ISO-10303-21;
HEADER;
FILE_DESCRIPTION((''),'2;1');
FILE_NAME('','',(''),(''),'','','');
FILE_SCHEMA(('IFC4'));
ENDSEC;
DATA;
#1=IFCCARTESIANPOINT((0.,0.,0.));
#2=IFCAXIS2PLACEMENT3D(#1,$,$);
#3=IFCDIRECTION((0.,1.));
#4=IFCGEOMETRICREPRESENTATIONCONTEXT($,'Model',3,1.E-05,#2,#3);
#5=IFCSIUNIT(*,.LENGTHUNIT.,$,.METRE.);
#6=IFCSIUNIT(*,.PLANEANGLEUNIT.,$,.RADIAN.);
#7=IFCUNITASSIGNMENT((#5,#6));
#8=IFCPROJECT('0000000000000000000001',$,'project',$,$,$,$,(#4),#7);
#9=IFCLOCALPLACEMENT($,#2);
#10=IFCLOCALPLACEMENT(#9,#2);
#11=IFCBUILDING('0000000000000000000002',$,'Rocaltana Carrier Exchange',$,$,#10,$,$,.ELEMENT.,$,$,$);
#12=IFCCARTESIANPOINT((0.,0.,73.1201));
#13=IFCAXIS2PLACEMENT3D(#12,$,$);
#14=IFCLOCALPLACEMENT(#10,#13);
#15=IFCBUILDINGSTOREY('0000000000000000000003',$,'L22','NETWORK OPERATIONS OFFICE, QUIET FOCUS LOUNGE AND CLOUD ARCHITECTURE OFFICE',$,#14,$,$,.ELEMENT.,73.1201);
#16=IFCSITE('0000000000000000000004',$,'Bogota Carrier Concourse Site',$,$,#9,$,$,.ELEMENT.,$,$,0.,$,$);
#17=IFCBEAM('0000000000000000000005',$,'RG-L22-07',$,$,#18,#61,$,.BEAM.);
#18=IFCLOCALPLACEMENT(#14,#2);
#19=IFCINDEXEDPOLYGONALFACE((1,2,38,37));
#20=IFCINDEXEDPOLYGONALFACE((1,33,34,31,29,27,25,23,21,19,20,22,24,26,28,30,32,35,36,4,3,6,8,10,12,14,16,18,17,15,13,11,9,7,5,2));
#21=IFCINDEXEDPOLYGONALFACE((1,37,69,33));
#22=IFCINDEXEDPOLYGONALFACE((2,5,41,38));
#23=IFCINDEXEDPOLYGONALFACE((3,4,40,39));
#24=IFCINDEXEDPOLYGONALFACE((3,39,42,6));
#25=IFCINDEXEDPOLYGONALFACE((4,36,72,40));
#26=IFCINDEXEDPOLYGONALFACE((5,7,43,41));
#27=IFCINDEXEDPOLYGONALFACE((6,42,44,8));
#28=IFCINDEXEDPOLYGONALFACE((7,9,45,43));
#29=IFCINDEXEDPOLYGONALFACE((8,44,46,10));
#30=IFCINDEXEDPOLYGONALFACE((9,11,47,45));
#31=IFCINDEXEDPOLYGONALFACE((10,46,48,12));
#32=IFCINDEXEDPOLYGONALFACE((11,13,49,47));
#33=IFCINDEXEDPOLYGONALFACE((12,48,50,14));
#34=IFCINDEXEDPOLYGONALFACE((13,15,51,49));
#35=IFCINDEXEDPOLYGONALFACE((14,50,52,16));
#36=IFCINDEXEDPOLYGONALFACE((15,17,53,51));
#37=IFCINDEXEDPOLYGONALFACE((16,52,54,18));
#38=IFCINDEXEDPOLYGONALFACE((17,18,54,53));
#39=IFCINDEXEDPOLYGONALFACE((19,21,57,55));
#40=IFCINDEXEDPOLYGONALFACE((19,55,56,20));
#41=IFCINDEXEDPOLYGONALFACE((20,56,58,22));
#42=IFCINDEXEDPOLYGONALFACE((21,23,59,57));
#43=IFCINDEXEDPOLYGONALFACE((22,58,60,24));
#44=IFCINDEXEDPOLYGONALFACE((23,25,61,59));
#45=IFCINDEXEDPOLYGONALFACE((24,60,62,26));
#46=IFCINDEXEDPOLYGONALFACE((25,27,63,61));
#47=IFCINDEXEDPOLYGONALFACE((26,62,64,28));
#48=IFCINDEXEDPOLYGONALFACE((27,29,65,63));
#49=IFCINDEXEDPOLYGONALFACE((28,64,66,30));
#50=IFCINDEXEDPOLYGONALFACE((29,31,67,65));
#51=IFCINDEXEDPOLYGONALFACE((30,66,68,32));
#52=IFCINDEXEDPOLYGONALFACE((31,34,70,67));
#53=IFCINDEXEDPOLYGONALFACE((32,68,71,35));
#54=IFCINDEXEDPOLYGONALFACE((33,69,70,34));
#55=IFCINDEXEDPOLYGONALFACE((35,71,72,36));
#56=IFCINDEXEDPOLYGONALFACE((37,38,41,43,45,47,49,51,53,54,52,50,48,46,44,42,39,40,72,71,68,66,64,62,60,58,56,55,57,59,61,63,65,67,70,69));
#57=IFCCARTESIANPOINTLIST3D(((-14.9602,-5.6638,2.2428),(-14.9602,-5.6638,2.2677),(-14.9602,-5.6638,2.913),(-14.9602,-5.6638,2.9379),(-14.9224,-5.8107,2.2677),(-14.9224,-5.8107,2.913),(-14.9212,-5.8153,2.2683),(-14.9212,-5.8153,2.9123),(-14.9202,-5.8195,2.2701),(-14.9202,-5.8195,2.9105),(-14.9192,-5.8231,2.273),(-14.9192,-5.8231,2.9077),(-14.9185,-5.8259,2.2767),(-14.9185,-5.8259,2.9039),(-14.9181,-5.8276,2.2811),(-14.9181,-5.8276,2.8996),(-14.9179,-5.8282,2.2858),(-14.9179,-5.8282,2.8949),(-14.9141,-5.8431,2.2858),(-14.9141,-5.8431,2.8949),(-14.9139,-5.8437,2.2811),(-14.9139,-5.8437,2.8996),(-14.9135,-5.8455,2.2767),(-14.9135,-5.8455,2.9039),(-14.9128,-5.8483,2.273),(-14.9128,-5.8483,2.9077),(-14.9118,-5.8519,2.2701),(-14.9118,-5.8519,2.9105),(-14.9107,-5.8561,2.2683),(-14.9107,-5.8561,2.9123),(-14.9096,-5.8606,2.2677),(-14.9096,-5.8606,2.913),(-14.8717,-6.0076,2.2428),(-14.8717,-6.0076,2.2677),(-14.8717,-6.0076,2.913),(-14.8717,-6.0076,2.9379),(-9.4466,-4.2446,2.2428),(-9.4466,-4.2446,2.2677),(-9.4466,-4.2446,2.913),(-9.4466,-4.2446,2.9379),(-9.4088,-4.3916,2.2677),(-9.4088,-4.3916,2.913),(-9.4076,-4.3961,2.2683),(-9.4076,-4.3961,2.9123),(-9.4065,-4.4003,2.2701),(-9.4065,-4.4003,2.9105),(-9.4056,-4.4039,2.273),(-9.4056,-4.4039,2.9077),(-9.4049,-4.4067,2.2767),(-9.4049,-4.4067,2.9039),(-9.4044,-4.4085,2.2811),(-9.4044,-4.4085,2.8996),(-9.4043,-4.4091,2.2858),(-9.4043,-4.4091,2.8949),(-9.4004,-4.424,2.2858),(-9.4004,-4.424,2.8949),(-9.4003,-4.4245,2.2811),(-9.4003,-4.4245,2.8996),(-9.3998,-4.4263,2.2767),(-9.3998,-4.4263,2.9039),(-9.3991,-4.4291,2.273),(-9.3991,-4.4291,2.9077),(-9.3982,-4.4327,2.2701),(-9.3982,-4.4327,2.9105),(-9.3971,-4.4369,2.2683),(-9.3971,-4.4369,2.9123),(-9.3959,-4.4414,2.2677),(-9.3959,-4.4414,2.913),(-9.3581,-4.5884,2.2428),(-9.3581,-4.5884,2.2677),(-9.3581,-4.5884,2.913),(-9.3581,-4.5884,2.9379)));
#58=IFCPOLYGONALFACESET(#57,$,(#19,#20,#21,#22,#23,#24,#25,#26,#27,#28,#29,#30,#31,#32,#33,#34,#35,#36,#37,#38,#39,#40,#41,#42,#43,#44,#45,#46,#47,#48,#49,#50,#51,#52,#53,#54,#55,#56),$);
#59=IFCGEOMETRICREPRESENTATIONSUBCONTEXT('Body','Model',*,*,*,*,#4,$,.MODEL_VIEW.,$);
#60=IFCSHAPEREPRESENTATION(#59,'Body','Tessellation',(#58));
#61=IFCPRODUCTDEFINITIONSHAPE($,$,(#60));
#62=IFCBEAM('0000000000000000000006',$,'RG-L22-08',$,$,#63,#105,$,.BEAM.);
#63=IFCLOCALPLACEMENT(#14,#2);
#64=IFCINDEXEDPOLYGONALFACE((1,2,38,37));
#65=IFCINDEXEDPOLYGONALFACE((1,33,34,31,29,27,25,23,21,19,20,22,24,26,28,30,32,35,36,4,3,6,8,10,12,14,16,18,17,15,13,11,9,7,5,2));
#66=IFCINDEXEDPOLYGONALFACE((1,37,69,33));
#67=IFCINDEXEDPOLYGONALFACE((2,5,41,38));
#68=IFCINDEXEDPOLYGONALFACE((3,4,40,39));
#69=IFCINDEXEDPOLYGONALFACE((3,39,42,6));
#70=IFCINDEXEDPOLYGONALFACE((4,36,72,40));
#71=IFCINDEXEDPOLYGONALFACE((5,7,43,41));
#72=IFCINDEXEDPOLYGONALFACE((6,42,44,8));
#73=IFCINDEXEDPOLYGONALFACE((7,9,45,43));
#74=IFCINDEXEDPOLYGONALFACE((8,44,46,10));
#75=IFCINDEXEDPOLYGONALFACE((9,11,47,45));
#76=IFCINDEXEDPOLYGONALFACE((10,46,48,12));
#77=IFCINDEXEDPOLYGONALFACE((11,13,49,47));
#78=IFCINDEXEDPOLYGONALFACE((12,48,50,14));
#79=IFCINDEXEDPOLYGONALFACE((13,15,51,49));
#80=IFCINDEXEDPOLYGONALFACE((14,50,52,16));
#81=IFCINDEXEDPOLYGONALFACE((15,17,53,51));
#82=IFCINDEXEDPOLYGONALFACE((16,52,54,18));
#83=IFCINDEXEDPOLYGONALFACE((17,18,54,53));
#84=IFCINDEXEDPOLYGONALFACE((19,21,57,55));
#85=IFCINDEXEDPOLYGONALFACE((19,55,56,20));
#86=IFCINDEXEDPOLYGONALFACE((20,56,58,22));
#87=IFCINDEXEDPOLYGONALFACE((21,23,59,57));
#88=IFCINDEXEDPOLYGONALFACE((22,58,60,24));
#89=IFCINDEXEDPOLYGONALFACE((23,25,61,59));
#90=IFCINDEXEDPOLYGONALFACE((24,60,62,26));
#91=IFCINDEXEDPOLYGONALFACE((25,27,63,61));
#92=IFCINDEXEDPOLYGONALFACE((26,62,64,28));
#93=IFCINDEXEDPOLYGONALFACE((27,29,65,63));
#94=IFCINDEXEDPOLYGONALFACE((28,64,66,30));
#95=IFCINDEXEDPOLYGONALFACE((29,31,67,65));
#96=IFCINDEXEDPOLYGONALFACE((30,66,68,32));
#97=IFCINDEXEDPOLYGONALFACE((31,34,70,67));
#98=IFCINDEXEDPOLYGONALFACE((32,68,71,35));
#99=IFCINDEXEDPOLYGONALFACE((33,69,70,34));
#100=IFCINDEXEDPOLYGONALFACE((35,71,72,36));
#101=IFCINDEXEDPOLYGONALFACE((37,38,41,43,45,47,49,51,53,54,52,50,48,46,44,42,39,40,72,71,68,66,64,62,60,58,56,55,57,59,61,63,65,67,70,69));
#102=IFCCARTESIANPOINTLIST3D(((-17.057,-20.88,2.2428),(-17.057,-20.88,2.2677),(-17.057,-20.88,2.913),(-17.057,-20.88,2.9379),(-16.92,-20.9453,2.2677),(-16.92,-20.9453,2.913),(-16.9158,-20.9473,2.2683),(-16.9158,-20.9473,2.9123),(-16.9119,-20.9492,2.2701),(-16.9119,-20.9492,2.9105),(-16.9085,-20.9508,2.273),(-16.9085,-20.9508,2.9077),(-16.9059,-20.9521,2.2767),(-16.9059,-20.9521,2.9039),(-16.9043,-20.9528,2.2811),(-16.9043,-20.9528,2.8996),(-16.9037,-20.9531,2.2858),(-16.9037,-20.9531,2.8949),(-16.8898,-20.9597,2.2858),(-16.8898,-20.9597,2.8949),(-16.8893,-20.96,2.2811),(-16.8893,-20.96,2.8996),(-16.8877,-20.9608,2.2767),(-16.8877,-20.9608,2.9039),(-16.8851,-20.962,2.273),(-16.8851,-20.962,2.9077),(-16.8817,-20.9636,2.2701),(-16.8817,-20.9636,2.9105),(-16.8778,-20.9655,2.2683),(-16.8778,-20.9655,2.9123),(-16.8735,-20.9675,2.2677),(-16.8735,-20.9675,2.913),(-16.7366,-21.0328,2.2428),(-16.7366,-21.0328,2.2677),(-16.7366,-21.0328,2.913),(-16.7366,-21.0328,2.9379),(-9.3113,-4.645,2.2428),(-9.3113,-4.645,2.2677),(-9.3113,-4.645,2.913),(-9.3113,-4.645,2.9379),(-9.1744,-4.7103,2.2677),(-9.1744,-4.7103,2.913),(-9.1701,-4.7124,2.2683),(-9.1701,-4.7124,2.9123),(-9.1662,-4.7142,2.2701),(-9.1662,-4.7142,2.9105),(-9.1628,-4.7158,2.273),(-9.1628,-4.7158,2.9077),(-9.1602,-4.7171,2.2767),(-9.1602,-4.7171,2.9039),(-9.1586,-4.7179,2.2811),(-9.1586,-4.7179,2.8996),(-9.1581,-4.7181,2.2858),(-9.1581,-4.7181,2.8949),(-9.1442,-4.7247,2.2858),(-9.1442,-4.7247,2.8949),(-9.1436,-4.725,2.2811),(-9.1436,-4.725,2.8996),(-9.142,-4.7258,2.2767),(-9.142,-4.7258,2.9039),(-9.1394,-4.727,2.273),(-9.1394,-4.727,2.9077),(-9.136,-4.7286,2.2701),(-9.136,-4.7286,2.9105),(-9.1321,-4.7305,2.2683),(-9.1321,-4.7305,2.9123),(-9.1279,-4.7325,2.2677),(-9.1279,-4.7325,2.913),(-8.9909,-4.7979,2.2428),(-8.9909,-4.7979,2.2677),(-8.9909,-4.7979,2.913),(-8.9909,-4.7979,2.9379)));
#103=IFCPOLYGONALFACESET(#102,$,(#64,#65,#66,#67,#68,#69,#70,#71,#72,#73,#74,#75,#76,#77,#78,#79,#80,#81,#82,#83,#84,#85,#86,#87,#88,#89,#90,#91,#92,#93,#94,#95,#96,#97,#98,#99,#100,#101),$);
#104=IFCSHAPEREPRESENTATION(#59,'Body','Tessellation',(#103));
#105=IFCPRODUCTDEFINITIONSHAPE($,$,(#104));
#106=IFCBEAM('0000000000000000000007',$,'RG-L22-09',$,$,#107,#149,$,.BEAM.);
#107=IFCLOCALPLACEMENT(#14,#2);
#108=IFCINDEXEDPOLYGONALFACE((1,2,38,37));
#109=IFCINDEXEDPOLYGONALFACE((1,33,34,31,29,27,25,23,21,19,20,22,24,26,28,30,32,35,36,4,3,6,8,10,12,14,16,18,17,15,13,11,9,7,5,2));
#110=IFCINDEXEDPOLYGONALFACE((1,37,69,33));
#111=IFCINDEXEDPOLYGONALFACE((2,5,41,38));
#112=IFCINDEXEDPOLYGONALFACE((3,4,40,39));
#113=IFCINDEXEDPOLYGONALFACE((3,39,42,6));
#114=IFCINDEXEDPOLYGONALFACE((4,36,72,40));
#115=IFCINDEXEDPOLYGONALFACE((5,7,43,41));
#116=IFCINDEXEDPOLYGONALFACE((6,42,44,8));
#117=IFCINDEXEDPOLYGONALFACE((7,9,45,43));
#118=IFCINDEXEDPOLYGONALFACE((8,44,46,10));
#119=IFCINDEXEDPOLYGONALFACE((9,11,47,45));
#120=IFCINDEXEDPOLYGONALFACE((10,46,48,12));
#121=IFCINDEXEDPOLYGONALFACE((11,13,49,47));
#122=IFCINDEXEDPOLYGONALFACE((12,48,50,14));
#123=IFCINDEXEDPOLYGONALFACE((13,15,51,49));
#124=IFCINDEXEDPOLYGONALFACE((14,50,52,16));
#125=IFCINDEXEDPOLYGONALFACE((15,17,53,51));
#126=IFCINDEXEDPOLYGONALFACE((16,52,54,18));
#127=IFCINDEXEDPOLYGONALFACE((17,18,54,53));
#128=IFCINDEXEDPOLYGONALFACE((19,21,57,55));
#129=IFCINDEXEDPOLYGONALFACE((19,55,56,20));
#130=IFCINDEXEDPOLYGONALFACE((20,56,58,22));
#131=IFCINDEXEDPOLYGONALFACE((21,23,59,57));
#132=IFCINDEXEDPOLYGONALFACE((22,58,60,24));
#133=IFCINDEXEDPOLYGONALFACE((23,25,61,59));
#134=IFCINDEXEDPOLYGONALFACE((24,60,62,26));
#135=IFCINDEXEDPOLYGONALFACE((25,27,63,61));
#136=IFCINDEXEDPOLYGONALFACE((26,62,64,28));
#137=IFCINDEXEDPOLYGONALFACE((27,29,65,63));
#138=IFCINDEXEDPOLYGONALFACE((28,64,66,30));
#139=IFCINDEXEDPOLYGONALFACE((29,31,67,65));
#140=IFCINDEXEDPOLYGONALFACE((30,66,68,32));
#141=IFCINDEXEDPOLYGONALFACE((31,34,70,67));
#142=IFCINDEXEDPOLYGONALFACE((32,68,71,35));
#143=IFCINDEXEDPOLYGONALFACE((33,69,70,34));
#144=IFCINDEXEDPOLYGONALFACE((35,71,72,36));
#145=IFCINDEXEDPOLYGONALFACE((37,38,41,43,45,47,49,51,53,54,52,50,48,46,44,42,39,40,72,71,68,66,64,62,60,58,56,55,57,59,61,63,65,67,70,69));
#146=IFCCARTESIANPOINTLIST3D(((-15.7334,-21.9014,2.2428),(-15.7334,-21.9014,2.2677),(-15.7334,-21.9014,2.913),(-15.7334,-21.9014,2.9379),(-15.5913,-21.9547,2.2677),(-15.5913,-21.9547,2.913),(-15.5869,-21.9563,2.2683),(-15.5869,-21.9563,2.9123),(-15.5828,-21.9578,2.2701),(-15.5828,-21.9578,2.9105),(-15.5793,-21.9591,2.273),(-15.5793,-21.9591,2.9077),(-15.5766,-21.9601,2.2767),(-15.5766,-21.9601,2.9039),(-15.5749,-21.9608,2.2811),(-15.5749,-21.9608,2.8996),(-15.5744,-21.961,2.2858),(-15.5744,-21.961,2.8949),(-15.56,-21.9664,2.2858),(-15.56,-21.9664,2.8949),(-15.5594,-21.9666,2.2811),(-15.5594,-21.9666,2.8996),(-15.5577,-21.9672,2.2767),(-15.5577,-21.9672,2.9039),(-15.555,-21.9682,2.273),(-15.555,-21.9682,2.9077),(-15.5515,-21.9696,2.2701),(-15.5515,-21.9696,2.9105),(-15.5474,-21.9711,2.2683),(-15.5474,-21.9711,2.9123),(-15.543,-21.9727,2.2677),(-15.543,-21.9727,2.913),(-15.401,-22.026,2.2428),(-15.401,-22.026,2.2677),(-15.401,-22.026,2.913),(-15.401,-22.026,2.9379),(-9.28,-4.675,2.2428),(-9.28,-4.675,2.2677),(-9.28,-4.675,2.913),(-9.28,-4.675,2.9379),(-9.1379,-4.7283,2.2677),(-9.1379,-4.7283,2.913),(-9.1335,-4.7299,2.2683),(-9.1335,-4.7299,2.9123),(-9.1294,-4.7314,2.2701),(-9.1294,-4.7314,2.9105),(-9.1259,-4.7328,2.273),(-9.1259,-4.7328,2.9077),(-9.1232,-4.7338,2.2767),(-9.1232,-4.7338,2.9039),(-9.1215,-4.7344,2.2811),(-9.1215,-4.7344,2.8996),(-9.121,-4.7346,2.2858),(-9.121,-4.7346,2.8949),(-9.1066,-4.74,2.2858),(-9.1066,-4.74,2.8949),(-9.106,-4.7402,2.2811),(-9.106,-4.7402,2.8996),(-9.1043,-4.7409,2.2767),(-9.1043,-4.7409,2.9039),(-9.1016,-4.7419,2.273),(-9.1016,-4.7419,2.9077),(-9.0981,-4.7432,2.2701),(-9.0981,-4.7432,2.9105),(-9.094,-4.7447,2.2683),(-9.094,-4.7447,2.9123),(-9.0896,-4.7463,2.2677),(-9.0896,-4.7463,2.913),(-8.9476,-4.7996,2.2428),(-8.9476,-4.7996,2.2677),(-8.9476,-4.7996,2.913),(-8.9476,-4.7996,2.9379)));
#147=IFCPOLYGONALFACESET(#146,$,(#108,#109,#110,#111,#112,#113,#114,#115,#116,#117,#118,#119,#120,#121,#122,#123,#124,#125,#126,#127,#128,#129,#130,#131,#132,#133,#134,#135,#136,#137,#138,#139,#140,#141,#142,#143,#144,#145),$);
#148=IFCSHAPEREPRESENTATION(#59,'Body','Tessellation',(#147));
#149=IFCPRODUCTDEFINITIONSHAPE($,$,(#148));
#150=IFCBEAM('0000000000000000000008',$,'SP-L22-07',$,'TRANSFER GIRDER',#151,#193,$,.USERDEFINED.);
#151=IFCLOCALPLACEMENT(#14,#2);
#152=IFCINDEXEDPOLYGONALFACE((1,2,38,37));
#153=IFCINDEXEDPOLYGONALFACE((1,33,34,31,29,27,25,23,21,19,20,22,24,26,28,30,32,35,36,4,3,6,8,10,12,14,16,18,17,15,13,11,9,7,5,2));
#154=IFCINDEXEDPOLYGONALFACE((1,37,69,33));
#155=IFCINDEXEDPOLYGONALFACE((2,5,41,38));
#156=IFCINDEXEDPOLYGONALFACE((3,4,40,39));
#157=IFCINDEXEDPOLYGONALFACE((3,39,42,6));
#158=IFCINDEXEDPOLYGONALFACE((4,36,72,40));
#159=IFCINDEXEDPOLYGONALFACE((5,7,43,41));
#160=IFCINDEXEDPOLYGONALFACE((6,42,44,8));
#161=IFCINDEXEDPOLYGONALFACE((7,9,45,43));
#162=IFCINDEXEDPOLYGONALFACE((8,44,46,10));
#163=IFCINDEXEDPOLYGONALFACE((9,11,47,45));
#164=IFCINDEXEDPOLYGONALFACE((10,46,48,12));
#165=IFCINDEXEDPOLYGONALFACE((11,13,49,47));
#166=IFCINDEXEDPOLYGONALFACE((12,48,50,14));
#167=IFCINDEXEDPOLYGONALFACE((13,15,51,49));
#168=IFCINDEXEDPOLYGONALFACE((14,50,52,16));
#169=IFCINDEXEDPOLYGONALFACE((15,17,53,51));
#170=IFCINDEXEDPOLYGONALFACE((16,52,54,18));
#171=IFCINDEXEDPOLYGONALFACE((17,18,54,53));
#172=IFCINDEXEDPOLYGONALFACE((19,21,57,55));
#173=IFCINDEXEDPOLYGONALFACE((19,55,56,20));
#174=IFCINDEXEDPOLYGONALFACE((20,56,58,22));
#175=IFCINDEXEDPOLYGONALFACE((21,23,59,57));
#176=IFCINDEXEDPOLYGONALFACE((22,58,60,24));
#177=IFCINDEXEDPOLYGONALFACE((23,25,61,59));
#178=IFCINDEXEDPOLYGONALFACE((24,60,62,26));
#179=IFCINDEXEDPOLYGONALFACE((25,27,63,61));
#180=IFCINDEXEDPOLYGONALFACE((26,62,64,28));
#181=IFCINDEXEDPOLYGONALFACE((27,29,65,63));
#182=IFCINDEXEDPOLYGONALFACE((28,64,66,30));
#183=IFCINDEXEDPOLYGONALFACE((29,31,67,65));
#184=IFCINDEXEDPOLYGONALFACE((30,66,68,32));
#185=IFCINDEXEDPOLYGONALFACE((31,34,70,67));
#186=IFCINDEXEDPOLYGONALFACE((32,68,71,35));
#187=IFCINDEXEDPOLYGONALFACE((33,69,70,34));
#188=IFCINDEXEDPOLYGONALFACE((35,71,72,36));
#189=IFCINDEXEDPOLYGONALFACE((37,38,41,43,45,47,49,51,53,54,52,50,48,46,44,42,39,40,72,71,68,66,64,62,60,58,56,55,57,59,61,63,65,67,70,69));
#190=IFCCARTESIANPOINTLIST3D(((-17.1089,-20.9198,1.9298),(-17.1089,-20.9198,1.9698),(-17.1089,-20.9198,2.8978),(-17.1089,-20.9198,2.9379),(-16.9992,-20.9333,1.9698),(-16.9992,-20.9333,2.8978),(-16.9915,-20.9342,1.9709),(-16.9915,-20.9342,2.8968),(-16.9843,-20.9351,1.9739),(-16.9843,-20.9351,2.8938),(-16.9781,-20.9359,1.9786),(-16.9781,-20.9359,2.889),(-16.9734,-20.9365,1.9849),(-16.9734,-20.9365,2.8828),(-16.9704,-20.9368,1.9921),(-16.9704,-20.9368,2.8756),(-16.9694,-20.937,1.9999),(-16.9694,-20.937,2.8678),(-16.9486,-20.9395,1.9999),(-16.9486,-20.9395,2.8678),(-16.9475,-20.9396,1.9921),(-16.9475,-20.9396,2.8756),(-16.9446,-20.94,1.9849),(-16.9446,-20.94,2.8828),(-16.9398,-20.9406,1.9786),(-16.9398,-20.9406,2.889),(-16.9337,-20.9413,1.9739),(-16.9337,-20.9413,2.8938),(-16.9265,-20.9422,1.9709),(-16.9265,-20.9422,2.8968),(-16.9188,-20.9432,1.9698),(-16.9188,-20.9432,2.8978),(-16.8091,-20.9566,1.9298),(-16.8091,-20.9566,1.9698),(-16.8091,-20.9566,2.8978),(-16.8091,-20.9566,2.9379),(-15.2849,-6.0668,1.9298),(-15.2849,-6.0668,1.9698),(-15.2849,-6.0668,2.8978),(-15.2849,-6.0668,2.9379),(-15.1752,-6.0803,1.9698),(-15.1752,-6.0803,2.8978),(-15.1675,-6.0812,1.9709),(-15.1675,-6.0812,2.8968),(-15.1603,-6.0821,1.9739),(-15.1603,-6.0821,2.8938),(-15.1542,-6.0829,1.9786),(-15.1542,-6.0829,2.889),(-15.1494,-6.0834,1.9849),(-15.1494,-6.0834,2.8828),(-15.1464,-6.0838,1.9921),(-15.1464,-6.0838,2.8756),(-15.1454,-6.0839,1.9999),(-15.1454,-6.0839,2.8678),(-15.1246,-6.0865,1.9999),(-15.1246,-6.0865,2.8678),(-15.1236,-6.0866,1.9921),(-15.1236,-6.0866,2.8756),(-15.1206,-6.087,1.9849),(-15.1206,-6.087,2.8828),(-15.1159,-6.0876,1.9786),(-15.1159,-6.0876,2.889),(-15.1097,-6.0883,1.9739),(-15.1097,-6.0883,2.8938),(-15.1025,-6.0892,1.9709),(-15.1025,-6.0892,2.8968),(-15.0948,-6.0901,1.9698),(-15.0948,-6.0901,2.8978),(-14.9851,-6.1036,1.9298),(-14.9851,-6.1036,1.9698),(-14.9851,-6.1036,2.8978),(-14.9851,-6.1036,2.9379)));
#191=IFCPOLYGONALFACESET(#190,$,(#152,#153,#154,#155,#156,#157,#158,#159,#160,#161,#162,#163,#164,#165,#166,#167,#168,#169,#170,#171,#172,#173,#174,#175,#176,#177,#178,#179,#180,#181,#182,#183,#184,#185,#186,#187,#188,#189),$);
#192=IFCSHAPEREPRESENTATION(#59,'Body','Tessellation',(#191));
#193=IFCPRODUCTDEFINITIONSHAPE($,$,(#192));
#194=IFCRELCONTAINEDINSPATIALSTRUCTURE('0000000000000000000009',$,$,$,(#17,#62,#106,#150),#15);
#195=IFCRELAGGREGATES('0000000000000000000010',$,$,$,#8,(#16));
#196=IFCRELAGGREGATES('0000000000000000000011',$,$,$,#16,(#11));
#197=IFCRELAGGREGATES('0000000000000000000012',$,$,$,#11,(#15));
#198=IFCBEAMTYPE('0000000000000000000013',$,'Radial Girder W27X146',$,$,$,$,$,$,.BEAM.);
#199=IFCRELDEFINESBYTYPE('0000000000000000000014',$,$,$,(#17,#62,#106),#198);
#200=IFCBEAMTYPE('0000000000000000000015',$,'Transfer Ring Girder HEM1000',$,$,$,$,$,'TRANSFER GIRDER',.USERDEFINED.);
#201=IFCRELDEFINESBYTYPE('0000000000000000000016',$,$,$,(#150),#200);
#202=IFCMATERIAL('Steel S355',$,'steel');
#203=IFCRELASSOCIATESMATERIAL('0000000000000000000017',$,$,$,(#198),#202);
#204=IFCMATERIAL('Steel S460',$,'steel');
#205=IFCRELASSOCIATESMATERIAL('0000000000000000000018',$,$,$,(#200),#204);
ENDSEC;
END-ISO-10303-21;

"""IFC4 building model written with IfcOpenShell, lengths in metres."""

from ifc_helpers import new_model, si_unit, direction, frame, origin, origin_2d, place, context, subcontext, project, spatial, i_section, extrude, material, material_profile, profile_set, type_object, element, save


model = new_model("IFC4")

# Units and contexts
model_context = context("Model", 3, precision=1e-05, world=origin(), true_north=direction((0.0, 1.0)))
body_context = subcontext(model_context, "Body", "Model", "MODEL_VIEW")
ifc_project = project(units=[si_unit("LENGTHUNIT", "METRE"), si_unit("PLANEANGLEUNIT", "RADIAN")], contexts=[model_context])

# Site, building, storey
site_placement = place(None, origin())
site = spatial("IfcSite", under=ifc_project, at=site_placement, Name="Bogota Carrier Concourse Site", CompositionType="ELEMENT", RefElevation=0.0)
building_placement = place(site_placement, origin())
building = spatial("IfcBuilding", under=site, at=building_placement, Name="Rocaltana Carrier Exchange", CompositionType="ELEMENT")
storey_placement = place(building_placement, frame((0.0, 0.0, 73.1201)))
storey = spatial("IfcBuildingStorey", under=building, at=storey_placement, Name="L22", Description="NETWORK OPERATIONS OFFICE, QUIET FOCUS LOUNGE AND CLOUD ARCHITECTURE OFFICE", CompositionType="ELEMENT", Elevation=73.1201)

# Beams
ifc_material_1 = material(Name="Steel S355", Category="steel")
ifc_material_profile_1 = material_profile(ifc_material_1, i_section(OverallWidth=0.355, OverallDepth=0.6951, WebThickness=0.0154, FlangeThickness=0.0249, FilletRadius=0.0181, at=origin_2d()), Name="W27X146")
ifc_profile_set_1 = profile_set([ifc_material_profile_1], Name="Steel S355")
beam_type_1 = type_object("IfcBeamType", Name="Radial Girder W27X146", PredefinedType="BEAM", material=ifc_profile_set_1)
beam_1_placement = place(storey_placement, frame((-9.4023, -4.4165, 2.5903), z_axis=(-0.968434, -0.24927, 0.0), x_axis=(0.24927, -0.968434, 0.0)))
element("IfcBeam", 1, at=beam_1_placement, inside=storey, type_object=beam_type_1, Name="RG-L22-07", PredefinedType="BEAM", context=body_context, shape_type="SweptSolid", body=[
    extrude(i_section(OverallWidth=0.355, OverallDepth=0.6951, WebThickness=0.0154, FlangeThickness=0.0249, FilletRadius=0.0181, at=origin_2d()), origin(), (0.0, 0.0, 1.0), 5.6934),
])
beam_2_placement = place(storey_placement, frame((-9.1511, -4.7214, 2.5903), z_axis=(-0.4306, -0.902543, 0.0), x_axis=(0.902543, -0.4306, 0.0)))
element("IfcBeam", 2, at=beam_2_placement, inside=storey, type_object=beam_type_1, Name="RG-L22-08", PredefinedType="BEAM", context=body_context, shape_type="SweptSolid", body=[
    extrude(i_section(OverallWidth=0.355, OverallDepth=0.6951, WebThickness=0.0154, FlangeThickness=0.0249, FilletRadius=0.0181, at=origin_2d()), origin(), (0.0, 0.0, 1.0), 17.988),
])
beam_3_placement = place(storey_placement, frame((-9.1138, -4.7373, 2.5903), z_axis=(-0.350814, -0.936445, 0.0), x_axis=(0.936445, -0.350814, 0.0)))
element("IfcBeam", 3, at=beam_3_placement, inside=storey, type_object=beam_type_1, Name="RG-L22-09", PredefinedType="BEAM", context=body_context, shape_type="SweptSolid", body=[
    extrude(i_section(OverallWidth=0.355, OverallDepth=0.6951, WebThickness=0.0154, FlangeThickness=0.0249, FilletRadius=0.0181, at=origin_2d()), origin(), (0.0, 0.0, 1.0), 18.3955),
])
ifc_material_2 = material(Name="Steel S460", Category="steel")
ifc_material_profile_2 = material_profile(ifc_material_2, i_section(OverallWidth=0.302, OverallDepth=1.0081, WebThickness=0.021, FlangeThickness=0.04, FilletRadius=0.03, at=origin_2d()), Name="HEM1000")
ifc_profile_set_2 = profile_set([ifc_material_profile_2], Name="Steel S460")
beam_type_2 = type_object("IfcBeamType", Name="Transfer Ring Girder HEM1000", ElementType="TRANSFER GIRDER", PredefinedType="USERDEFINED", material=ifc_profile_set_2)
beam_4_placement = place(storey_placement, frame((-15.135, -6.0852, 2.4338), z_axis=(-0.121886, -0.992544, 0.0), x_axis=(0.992544, -0.121886, 0.0)))
element("IfcBeam", 4, at=beam_4_placement, inside=storey, type_object=beam_type_2, Name="SP-L22-07", ObjectType="TRANSFER GIRDER", PredefinedType="USERDEFINED", context=body_context, shape_type="SweptSolid", body=[
    extrude(i_section(OverallWidth=0.302, OverallDepth=1.0081, WebThickness=0.021, FlangeThickness=0.04, FilletRadius=0.03, at=origin_2d()), origin(), (0.0, 0.0, 1.0), 14.9646),
])

save(model, "model.ifc")
